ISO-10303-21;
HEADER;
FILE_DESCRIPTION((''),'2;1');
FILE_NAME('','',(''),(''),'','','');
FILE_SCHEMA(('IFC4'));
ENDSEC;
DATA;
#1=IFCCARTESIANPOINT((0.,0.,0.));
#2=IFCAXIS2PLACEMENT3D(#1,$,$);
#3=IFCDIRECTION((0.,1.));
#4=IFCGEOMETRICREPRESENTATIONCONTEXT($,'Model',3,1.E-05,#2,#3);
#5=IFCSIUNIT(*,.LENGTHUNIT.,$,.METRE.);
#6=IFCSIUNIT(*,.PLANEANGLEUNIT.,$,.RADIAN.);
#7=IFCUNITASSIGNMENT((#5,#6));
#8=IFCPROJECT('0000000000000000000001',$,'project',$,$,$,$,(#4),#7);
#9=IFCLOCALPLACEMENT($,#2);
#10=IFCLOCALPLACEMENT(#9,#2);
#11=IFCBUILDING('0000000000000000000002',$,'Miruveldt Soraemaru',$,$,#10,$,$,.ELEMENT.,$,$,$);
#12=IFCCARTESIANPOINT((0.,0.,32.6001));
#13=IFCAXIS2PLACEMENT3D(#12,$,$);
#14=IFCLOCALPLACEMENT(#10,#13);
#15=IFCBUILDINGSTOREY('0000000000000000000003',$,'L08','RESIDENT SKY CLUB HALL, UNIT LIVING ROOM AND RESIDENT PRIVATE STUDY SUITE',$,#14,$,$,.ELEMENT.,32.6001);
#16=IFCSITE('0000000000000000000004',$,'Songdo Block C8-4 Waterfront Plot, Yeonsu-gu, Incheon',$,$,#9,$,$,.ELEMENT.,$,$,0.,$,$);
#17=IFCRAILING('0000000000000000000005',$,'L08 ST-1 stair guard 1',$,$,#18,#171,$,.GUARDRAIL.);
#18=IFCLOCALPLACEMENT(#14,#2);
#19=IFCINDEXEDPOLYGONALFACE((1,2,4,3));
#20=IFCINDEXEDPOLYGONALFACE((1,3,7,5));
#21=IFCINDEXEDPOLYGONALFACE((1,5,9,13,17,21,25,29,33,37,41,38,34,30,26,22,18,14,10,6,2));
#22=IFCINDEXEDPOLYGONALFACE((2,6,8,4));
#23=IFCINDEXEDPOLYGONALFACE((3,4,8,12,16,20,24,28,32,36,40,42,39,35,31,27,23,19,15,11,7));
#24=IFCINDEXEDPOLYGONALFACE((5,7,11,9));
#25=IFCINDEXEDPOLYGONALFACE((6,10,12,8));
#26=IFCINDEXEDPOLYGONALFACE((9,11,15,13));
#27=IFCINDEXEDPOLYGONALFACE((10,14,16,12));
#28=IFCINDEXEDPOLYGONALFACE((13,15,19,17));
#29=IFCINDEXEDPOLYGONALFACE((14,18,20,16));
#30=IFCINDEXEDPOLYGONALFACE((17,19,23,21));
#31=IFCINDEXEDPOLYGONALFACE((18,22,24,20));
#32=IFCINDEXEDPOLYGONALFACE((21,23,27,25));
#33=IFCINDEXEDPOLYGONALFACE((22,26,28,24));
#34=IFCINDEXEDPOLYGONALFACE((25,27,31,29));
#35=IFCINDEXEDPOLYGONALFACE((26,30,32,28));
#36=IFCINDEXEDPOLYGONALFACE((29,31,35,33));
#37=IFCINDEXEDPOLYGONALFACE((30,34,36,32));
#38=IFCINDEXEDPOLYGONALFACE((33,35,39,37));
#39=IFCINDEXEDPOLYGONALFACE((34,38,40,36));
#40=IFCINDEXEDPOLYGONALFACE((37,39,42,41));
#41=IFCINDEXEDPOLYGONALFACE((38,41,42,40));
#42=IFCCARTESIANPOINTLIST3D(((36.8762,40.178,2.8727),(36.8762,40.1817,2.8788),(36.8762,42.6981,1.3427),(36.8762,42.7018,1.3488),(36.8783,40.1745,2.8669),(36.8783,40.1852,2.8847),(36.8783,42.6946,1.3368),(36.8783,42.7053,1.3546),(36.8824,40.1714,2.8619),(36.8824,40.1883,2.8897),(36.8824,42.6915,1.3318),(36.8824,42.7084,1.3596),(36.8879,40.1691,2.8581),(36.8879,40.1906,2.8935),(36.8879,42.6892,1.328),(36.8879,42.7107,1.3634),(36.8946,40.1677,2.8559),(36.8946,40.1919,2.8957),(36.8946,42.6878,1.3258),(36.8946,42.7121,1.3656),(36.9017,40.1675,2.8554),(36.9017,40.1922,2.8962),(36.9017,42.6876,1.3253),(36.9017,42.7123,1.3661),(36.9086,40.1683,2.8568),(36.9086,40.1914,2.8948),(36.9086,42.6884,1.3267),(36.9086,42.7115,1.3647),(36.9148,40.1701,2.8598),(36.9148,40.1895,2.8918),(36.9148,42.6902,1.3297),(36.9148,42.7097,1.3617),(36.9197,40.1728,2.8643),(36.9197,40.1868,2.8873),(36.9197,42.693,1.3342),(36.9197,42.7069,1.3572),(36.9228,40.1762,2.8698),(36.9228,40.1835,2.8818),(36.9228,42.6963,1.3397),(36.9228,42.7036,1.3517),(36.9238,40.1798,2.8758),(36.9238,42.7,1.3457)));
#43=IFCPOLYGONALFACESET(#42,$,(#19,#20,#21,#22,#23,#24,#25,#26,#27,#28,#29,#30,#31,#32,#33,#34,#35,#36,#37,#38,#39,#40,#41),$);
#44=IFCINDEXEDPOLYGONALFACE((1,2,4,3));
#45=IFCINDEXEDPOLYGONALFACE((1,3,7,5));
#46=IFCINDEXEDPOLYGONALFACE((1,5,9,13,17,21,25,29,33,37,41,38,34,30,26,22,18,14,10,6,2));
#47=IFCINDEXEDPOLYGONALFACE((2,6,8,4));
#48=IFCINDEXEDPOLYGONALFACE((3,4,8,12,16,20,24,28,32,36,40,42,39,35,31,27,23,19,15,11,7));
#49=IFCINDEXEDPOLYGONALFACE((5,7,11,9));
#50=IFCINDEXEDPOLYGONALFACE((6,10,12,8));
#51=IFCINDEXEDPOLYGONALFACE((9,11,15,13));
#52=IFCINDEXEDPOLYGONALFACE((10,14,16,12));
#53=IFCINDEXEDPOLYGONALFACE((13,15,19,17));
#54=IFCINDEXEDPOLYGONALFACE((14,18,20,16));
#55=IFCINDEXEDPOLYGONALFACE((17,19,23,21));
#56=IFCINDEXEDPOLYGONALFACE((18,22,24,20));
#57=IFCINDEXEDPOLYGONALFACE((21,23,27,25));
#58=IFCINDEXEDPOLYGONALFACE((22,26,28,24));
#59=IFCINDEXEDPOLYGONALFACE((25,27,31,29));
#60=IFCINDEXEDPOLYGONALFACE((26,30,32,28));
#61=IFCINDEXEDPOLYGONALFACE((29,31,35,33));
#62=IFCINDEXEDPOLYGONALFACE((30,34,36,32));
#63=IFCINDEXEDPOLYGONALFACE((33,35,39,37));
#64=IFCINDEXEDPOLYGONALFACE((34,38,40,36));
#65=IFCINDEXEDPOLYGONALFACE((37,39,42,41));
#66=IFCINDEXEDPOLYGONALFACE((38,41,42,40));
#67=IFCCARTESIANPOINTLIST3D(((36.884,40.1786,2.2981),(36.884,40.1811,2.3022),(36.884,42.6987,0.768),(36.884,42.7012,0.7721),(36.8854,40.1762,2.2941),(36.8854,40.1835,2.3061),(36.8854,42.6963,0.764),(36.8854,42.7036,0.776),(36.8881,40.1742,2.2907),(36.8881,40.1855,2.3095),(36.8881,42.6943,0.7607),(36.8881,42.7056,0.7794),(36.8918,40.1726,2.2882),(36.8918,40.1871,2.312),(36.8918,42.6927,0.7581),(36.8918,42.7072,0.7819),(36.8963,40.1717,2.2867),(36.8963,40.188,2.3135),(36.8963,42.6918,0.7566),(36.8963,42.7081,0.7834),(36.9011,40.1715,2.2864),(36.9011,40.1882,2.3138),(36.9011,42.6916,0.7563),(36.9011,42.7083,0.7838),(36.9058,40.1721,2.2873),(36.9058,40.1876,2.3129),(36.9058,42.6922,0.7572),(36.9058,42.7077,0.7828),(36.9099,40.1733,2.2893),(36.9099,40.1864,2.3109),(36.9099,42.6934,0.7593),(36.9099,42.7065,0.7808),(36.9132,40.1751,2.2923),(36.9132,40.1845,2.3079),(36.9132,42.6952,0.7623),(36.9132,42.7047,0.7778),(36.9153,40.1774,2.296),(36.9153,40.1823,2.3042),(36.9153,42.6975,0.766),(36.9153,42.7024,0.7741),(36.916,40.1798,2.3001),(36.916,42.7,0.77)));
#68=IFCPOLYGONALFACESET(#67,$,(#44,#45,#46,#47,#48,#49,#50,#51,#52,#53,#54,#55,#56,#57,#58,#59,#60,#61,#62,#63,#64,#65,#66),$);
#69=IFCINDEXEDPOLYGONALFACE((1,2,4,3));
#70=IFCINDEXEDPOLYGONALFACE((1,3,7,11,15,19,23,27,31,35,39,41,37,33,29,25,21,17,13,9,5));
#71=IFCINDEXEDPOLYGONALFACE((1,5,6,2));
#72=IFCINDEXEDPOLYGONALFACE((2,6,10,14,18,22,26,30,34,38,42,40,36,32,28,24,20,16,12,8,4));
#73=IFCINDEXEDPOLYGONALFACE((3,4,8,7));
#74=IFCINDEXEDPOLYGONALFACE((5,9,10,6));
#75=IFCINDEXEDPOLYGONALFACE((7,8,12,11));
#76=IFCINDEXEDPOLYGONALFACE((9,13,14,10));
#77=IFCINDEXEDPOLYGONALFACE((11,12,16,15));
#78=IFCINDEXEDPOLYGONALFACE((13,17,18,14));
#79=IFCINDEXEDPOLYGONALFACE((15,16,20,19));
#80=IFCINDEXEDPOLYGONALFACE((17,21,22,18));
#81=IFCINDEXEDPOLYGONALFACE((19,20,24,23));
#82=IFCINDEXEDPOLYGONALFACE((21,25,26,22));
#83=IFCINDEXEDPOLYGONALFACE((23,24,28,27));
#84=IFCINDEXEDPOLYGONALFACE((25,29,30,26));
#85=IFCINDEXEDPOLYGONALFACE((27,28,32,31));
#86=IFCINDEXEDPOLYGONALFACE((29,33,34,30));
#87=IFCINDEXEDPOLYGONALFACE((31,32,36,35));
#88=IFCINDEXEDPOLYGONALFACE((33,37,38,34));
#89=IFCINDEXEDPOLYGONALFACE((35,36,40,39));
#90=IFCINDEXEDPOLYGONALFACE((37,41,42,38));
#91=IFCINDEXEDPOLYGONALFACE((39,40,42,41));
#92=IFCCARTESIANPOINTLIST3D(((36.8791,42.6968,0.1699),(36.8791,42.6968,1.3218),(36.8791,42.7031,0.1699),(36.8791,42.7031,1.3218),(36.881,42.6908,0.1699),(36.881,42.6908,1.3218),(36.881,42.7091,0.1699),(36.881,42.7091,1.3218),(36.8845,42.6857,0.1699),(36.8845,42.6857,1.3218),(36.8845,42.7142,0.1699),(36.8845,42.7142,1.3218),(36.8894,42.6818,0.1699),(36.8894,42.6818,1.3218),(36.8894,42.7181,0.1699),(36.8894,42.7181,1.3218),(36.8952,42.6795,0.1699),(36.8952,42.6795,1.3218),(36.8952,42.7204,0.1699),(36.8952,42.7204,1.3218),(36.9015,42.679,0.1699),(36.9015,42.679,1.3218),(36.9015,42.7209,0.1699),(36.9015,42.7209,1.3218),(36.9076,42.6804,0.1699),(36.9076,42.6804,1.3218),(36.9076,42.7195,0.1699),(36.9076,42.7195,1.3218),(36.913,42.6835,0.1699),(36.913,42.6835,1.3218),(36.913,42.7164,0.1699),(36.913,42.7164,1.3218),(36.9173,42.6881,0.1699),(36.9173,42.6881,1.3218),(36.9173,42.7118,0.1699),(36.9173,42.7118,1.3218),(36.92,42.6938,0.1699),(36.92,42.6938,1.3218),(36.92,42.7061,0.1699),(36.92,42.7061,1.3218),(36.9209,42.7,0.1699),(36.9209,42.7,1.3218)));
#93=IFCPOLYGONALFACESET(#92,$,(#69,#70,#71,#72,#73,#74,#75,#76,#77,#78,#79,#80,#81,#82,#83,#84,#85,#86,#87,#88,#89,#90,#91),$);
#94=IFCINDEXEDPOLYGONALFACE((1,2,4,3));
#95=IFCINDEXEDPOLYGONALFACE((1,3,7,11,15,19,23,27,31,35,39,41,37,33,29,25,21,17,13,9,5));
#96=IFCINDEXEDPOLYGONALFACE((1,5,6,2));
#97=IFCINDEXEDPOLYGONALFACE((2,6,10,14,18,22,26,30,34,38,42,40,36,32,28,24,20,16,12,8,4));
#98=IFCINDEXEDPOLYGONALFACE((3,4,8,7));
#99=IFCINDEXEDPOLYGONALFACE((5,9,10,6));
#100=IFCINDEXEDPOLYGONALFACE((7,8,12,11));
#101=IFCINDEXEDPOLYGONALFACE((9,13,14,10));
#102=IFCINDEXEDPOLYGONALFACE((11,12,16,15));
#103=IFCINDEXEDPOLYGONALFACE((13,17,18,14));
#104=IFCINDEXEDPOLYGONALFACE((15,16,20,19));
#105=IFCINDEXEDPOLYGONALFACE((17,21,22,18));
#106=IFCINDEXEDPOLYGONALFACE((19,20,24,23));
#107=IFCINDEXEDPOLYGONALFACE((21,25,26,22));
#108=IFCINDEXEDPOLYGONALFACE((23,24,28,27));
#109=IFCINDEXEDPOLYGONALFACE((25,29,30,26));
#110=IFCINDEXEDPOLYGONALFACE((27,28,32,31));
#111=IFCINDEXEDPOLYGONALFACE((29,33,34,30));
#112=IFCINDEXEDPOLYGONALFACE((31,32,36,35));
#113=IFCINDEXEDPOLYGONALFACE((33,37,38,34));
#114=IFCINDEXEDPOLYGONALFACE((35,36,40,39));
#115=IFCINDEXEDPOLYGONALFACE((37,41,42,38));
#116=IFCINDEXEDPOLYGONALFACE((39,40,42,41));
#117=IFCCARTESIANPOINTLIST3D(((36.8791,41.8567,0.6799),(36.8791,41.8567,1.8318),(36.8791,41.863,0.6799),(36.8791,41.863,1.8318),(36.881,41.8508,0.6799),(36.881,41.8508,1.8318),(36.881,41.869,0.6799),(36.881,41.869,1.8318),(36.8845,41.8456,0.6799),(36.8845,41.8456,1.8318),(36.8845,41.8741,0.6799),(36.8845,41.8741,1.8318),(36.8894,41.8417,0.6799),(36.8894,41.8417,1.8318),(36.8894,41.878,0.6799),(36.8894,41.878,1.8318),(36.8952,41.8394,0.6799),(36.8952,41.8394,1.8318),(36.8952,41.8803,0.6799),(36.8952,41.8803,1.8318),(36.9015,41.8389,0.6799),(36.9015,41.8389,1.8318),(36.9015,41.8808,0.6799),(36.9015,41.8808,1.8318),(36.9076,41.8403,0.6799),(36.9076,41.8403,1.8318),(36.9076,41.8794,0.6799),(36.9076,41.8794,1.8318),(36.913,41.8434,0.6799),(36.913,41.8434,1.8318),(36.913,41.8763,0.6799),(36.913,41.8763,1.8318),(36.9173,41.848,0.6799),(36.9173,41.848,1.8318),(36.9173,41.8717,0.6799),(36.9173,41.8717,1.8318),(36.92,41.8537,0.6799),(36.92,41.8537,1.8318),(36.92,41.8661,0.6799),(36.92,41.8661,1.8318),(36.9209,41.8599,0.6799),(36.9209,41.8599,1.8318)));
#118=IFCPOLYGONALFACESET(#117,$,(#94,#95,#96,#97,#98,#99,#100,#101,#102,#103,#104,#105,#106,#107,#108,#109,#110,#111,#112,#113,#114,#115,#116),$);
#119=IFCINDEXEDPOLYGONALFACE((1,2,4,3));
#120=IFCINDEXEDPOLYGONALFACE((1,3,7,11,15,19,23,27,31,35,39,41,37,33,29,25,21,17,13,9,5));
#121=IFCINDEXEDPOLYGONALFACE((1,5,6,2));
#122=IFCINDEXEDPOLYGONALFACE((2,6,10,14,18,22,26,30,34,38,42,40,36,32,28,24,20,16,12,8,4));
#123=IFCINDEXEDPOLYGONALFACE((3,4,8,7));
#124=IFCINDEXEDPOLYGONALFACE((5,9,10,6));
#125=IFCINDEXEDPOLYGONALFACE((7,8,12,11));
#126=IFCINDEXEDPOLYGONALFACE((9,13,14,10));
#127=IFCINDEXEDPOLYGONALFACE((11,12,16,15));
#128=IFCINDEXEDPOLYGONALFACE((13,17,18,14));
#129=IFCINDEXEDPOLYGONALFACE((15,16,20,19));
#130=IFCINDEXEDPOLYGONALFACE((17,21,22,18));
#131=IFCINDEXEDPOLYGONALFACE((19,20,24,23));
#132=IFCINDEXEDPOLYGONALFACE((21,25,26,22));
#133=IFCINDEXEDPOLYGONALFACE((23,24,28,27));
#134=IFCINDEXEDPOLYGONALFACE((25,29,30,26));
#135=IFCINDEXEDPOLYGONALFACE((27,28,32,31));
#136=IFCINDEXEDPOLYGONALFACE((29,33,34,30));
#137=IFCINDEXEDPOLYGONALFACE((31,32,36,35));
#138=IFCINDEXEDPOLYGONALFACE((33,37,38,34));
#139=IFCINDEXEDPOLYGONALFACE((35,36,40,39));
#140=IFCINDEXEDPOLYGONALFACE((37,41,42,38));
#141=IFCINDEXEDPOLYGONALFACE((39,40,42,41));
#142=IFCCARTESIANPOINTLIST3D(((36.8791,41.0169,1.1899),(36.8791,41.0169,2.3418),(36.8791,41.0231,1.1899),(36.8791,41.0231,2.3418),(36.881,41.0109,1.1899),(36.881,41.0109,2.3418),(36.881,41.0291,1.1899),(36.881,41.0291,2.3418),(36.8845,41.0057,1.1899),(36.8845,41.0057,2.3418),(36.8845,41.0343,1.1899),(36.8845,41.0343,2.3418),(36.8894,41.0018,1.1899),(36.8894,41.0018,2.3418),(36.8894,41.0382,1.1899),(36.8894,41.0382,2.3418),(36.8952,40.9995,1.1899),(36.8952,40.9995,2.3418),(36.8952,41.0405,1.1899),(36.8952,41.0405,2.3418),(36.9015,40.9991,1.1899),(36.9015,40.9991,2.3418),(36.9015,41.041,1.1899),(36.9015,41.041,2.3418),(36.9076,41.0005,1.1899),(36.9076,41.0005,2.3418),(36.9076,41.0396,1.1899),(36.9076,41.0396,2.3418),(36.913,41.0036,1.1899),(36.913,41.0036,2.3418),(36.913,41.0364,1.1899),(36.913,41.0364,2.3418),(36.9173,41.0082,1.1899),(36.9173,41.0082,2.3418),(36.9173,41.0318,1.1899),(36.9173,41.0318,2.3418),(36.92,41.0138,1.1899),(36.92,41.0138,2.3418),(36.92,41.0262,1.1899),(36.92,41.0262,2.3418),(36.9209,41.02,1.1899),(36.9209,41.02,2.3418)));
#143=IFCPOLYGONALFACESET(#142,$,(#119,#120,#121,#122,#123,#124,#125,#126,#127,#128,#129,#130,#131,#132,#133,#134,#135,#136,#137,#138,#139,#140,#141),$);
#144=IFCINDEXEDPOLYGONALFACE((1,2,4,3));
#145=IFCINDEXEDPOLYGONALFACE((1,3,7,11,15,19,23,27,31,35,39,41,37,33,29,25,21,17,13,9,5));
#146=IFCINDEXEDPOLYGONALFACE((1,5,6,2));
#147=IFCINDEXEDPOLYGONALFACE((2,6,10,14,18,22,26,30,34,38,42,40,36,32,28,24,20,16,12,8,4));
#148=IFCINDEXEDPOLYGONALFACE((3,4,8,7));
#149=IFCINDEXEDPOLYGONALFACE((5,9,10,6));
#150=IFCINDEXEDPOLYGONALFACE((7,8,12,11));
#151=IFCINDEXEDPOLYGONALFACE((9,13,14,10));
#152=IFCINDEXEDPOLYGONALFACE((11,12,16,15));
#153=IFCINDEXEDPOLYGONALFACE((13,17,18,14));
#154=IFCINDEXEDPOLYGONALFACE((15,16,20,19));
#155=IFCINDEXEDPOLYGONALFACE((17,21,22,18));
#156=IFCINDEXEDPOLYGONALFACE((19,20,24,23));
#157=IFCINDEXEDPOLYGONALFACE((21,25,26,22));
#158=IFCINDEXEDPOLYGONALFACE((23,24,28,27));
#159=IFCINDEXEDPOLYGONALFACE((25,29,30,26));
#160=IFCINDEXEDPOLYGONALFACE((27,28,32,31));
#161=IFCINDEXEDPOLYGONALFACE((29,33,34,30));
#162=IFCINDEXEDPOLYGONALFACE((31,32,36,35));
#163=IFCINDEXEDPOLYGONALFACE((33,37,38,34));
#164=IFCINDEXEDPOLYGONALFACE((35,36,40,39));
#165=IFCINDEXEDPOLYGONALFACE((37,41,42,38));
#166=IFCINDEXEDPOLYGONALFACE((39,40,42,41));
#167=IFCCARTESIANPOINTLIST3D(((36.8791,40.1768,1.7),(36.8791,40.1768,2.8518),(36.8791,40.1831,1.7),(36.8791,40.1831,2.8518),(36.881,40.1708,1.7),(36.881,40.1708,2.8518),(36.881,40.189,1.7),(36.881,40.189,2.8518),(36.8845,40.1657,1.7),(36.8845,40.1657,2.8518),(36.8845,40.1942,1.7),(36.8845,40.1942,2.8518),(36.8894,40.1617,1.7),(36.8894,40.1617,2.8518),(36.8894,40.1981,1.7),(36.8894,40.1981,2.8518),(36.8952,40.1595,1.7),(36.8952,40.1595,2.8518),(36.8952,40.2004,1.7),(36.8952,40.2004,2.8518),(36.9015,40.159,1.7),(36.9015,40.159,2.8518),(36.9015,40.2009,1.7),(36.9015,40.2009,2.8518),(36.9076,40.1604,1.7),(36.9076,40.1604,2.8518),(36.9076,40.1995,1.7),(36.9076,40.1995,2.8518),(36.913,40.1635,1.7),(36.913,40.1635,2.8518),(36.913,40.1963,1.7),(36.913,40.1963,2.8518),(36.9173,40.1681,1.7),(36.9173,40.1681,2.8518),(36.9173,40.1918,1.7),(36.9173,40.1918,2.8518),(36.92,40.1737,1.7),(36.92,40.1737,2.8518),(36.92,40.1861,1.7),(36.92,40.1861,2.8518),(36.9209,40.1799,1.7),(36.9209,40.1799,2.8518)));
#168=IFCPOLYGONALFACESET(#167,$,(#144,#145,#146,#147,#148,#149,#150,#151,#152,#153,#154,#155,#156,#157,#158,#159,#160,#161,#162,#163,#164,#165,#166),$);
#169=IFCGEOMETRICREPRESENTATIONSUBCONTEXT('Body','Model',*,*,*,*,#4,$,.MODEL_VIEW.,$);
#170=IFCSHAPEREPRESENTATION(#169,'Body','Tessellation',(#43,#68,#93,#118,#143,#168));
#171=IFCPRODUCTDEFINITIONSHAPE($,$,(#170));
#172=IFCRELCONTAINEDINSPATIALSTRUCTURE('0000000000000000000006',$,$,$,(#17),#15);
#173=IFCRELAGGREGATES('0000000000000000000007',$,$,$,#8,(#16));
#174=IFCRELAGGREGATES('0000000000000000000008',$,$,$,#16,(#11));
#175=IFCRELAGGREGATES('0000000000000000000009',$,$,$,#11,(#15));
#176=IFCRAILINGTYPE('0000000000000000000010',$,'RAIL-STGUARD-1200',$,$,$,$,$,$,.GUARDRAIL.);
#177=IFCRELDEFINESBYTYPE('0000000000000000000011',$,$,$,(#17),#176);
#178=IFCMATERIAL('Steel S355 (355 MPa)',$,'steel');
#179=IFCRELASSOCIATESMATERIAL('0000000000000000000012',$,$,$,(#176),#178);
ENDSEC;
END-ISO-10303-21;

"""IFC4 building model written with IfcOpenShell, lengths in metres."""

from ifc_helpers import new_model, si_unit, direction, frame, origin, origin_2d, place, context, subcontext, project, spatial, circle, extrude, material, type_object, element, save


model = new_model("IFC4")

# Units and contexts
model_context = context("Model", 3, precision=1e-05, world=origin(), true_north=direction((0.0, 1.0)))
body_context = subcontext(model_context, "Body", "Model", "MODEL_VIEW")
ifc_project = project(units=[si_unit("LENGTHUNIT", "METRE"), si_unit("PLANEANGLEUNIT", "RADIAN")], contexts=[model_context])

# Site, building, storey
site_placement = place(None, origin())
site = spatial("IfcSite", under=ifc_project, at=site_placement, Name="Songdo Block C8-4 Waterfront Plot, Yeonsu-gu, Incheon", CompositionType="ELEMENT", RefElevation=0.0)
building_placement = place(site_placement, origin())
building = spatial("IfcBuilding", under=site, at=building_placement, Name="Miruveldt Soraemaru", CompositionType="ELEMENT")
storey_placement = place(building_placement, frame((0.0, 0.0, 32.6001)))
storey = spatial("IfcBuildingStorey", under=building, at=storey_placement, Name="L08", Description="RESIDENT SKY CLUB HALL, UNIT LIVING ROOM AND RESIDENT PRIVATE STUDY SUITE", CompositionType="ELEMENT", Elevation=32.6001)

# Railing
ifc_material_1 = material(Name="Steel S355 (355 MPa)", Category="steel")
railing_type_1 = type_object("IfcRailingType", Name="RAIL-STGUARD-1200", PredefinedType="GUARDRAIL", material=ifc_material_1)
railing_1_placement = place(storey_placement, frame((36.8999, 42.7, 0.1699)))
element("IfcRailing", 1, at=railing_1_placement, inside=storey, type_object=railing_type_1, Name="L08 ST-1 stair guard 1", PredefinedType="GUARDRAIL", context=body_context, shape_type="SweptSolid", body=[
    extrude(circle(Radius=0.0239, at=origin_2d()), frame((0.0, 0.0, 1.1758), z_axis=(0.0, -0.854785, 0.518982), x_axis=(1.0, 0.0, 0.0)), (0.0, 0.0, 1.0), 2.9482),
    extrude(circle(Radius=0.0161, at=origin_2d()), frame((0.0, 0.0, 0.6001), z_axis=(0.0, -0.854785, 0.518982), x_axis=(1.0, 0.0, 0.0)), (0.0, 0.0, 1.0), 2.9482),
    extrude(circle(Radius=0.021, at=origin_2d()), origin(), (0.0, 0.0, 1.0), 1.1519),
    extrude(circle(Radius=0.021, at=origin_2d()), frame((0.0, -0.8401, 0.51)), (0.0, 0.0, 1.0), 1.1519),
    extrude(circle(Radius=0.021, at=origin_2d()), frame((0.0, -1.6799, 1.02)), (0.0, 0.0, 1.0), 1.1519),
    extrude(circle(Radius=0.021, at=origin_2d()), frame((0.0, -2.52, 1.53)), (0.0, 0.0, 1.0), 1.1519),
])

save(model, "model.ifc")
